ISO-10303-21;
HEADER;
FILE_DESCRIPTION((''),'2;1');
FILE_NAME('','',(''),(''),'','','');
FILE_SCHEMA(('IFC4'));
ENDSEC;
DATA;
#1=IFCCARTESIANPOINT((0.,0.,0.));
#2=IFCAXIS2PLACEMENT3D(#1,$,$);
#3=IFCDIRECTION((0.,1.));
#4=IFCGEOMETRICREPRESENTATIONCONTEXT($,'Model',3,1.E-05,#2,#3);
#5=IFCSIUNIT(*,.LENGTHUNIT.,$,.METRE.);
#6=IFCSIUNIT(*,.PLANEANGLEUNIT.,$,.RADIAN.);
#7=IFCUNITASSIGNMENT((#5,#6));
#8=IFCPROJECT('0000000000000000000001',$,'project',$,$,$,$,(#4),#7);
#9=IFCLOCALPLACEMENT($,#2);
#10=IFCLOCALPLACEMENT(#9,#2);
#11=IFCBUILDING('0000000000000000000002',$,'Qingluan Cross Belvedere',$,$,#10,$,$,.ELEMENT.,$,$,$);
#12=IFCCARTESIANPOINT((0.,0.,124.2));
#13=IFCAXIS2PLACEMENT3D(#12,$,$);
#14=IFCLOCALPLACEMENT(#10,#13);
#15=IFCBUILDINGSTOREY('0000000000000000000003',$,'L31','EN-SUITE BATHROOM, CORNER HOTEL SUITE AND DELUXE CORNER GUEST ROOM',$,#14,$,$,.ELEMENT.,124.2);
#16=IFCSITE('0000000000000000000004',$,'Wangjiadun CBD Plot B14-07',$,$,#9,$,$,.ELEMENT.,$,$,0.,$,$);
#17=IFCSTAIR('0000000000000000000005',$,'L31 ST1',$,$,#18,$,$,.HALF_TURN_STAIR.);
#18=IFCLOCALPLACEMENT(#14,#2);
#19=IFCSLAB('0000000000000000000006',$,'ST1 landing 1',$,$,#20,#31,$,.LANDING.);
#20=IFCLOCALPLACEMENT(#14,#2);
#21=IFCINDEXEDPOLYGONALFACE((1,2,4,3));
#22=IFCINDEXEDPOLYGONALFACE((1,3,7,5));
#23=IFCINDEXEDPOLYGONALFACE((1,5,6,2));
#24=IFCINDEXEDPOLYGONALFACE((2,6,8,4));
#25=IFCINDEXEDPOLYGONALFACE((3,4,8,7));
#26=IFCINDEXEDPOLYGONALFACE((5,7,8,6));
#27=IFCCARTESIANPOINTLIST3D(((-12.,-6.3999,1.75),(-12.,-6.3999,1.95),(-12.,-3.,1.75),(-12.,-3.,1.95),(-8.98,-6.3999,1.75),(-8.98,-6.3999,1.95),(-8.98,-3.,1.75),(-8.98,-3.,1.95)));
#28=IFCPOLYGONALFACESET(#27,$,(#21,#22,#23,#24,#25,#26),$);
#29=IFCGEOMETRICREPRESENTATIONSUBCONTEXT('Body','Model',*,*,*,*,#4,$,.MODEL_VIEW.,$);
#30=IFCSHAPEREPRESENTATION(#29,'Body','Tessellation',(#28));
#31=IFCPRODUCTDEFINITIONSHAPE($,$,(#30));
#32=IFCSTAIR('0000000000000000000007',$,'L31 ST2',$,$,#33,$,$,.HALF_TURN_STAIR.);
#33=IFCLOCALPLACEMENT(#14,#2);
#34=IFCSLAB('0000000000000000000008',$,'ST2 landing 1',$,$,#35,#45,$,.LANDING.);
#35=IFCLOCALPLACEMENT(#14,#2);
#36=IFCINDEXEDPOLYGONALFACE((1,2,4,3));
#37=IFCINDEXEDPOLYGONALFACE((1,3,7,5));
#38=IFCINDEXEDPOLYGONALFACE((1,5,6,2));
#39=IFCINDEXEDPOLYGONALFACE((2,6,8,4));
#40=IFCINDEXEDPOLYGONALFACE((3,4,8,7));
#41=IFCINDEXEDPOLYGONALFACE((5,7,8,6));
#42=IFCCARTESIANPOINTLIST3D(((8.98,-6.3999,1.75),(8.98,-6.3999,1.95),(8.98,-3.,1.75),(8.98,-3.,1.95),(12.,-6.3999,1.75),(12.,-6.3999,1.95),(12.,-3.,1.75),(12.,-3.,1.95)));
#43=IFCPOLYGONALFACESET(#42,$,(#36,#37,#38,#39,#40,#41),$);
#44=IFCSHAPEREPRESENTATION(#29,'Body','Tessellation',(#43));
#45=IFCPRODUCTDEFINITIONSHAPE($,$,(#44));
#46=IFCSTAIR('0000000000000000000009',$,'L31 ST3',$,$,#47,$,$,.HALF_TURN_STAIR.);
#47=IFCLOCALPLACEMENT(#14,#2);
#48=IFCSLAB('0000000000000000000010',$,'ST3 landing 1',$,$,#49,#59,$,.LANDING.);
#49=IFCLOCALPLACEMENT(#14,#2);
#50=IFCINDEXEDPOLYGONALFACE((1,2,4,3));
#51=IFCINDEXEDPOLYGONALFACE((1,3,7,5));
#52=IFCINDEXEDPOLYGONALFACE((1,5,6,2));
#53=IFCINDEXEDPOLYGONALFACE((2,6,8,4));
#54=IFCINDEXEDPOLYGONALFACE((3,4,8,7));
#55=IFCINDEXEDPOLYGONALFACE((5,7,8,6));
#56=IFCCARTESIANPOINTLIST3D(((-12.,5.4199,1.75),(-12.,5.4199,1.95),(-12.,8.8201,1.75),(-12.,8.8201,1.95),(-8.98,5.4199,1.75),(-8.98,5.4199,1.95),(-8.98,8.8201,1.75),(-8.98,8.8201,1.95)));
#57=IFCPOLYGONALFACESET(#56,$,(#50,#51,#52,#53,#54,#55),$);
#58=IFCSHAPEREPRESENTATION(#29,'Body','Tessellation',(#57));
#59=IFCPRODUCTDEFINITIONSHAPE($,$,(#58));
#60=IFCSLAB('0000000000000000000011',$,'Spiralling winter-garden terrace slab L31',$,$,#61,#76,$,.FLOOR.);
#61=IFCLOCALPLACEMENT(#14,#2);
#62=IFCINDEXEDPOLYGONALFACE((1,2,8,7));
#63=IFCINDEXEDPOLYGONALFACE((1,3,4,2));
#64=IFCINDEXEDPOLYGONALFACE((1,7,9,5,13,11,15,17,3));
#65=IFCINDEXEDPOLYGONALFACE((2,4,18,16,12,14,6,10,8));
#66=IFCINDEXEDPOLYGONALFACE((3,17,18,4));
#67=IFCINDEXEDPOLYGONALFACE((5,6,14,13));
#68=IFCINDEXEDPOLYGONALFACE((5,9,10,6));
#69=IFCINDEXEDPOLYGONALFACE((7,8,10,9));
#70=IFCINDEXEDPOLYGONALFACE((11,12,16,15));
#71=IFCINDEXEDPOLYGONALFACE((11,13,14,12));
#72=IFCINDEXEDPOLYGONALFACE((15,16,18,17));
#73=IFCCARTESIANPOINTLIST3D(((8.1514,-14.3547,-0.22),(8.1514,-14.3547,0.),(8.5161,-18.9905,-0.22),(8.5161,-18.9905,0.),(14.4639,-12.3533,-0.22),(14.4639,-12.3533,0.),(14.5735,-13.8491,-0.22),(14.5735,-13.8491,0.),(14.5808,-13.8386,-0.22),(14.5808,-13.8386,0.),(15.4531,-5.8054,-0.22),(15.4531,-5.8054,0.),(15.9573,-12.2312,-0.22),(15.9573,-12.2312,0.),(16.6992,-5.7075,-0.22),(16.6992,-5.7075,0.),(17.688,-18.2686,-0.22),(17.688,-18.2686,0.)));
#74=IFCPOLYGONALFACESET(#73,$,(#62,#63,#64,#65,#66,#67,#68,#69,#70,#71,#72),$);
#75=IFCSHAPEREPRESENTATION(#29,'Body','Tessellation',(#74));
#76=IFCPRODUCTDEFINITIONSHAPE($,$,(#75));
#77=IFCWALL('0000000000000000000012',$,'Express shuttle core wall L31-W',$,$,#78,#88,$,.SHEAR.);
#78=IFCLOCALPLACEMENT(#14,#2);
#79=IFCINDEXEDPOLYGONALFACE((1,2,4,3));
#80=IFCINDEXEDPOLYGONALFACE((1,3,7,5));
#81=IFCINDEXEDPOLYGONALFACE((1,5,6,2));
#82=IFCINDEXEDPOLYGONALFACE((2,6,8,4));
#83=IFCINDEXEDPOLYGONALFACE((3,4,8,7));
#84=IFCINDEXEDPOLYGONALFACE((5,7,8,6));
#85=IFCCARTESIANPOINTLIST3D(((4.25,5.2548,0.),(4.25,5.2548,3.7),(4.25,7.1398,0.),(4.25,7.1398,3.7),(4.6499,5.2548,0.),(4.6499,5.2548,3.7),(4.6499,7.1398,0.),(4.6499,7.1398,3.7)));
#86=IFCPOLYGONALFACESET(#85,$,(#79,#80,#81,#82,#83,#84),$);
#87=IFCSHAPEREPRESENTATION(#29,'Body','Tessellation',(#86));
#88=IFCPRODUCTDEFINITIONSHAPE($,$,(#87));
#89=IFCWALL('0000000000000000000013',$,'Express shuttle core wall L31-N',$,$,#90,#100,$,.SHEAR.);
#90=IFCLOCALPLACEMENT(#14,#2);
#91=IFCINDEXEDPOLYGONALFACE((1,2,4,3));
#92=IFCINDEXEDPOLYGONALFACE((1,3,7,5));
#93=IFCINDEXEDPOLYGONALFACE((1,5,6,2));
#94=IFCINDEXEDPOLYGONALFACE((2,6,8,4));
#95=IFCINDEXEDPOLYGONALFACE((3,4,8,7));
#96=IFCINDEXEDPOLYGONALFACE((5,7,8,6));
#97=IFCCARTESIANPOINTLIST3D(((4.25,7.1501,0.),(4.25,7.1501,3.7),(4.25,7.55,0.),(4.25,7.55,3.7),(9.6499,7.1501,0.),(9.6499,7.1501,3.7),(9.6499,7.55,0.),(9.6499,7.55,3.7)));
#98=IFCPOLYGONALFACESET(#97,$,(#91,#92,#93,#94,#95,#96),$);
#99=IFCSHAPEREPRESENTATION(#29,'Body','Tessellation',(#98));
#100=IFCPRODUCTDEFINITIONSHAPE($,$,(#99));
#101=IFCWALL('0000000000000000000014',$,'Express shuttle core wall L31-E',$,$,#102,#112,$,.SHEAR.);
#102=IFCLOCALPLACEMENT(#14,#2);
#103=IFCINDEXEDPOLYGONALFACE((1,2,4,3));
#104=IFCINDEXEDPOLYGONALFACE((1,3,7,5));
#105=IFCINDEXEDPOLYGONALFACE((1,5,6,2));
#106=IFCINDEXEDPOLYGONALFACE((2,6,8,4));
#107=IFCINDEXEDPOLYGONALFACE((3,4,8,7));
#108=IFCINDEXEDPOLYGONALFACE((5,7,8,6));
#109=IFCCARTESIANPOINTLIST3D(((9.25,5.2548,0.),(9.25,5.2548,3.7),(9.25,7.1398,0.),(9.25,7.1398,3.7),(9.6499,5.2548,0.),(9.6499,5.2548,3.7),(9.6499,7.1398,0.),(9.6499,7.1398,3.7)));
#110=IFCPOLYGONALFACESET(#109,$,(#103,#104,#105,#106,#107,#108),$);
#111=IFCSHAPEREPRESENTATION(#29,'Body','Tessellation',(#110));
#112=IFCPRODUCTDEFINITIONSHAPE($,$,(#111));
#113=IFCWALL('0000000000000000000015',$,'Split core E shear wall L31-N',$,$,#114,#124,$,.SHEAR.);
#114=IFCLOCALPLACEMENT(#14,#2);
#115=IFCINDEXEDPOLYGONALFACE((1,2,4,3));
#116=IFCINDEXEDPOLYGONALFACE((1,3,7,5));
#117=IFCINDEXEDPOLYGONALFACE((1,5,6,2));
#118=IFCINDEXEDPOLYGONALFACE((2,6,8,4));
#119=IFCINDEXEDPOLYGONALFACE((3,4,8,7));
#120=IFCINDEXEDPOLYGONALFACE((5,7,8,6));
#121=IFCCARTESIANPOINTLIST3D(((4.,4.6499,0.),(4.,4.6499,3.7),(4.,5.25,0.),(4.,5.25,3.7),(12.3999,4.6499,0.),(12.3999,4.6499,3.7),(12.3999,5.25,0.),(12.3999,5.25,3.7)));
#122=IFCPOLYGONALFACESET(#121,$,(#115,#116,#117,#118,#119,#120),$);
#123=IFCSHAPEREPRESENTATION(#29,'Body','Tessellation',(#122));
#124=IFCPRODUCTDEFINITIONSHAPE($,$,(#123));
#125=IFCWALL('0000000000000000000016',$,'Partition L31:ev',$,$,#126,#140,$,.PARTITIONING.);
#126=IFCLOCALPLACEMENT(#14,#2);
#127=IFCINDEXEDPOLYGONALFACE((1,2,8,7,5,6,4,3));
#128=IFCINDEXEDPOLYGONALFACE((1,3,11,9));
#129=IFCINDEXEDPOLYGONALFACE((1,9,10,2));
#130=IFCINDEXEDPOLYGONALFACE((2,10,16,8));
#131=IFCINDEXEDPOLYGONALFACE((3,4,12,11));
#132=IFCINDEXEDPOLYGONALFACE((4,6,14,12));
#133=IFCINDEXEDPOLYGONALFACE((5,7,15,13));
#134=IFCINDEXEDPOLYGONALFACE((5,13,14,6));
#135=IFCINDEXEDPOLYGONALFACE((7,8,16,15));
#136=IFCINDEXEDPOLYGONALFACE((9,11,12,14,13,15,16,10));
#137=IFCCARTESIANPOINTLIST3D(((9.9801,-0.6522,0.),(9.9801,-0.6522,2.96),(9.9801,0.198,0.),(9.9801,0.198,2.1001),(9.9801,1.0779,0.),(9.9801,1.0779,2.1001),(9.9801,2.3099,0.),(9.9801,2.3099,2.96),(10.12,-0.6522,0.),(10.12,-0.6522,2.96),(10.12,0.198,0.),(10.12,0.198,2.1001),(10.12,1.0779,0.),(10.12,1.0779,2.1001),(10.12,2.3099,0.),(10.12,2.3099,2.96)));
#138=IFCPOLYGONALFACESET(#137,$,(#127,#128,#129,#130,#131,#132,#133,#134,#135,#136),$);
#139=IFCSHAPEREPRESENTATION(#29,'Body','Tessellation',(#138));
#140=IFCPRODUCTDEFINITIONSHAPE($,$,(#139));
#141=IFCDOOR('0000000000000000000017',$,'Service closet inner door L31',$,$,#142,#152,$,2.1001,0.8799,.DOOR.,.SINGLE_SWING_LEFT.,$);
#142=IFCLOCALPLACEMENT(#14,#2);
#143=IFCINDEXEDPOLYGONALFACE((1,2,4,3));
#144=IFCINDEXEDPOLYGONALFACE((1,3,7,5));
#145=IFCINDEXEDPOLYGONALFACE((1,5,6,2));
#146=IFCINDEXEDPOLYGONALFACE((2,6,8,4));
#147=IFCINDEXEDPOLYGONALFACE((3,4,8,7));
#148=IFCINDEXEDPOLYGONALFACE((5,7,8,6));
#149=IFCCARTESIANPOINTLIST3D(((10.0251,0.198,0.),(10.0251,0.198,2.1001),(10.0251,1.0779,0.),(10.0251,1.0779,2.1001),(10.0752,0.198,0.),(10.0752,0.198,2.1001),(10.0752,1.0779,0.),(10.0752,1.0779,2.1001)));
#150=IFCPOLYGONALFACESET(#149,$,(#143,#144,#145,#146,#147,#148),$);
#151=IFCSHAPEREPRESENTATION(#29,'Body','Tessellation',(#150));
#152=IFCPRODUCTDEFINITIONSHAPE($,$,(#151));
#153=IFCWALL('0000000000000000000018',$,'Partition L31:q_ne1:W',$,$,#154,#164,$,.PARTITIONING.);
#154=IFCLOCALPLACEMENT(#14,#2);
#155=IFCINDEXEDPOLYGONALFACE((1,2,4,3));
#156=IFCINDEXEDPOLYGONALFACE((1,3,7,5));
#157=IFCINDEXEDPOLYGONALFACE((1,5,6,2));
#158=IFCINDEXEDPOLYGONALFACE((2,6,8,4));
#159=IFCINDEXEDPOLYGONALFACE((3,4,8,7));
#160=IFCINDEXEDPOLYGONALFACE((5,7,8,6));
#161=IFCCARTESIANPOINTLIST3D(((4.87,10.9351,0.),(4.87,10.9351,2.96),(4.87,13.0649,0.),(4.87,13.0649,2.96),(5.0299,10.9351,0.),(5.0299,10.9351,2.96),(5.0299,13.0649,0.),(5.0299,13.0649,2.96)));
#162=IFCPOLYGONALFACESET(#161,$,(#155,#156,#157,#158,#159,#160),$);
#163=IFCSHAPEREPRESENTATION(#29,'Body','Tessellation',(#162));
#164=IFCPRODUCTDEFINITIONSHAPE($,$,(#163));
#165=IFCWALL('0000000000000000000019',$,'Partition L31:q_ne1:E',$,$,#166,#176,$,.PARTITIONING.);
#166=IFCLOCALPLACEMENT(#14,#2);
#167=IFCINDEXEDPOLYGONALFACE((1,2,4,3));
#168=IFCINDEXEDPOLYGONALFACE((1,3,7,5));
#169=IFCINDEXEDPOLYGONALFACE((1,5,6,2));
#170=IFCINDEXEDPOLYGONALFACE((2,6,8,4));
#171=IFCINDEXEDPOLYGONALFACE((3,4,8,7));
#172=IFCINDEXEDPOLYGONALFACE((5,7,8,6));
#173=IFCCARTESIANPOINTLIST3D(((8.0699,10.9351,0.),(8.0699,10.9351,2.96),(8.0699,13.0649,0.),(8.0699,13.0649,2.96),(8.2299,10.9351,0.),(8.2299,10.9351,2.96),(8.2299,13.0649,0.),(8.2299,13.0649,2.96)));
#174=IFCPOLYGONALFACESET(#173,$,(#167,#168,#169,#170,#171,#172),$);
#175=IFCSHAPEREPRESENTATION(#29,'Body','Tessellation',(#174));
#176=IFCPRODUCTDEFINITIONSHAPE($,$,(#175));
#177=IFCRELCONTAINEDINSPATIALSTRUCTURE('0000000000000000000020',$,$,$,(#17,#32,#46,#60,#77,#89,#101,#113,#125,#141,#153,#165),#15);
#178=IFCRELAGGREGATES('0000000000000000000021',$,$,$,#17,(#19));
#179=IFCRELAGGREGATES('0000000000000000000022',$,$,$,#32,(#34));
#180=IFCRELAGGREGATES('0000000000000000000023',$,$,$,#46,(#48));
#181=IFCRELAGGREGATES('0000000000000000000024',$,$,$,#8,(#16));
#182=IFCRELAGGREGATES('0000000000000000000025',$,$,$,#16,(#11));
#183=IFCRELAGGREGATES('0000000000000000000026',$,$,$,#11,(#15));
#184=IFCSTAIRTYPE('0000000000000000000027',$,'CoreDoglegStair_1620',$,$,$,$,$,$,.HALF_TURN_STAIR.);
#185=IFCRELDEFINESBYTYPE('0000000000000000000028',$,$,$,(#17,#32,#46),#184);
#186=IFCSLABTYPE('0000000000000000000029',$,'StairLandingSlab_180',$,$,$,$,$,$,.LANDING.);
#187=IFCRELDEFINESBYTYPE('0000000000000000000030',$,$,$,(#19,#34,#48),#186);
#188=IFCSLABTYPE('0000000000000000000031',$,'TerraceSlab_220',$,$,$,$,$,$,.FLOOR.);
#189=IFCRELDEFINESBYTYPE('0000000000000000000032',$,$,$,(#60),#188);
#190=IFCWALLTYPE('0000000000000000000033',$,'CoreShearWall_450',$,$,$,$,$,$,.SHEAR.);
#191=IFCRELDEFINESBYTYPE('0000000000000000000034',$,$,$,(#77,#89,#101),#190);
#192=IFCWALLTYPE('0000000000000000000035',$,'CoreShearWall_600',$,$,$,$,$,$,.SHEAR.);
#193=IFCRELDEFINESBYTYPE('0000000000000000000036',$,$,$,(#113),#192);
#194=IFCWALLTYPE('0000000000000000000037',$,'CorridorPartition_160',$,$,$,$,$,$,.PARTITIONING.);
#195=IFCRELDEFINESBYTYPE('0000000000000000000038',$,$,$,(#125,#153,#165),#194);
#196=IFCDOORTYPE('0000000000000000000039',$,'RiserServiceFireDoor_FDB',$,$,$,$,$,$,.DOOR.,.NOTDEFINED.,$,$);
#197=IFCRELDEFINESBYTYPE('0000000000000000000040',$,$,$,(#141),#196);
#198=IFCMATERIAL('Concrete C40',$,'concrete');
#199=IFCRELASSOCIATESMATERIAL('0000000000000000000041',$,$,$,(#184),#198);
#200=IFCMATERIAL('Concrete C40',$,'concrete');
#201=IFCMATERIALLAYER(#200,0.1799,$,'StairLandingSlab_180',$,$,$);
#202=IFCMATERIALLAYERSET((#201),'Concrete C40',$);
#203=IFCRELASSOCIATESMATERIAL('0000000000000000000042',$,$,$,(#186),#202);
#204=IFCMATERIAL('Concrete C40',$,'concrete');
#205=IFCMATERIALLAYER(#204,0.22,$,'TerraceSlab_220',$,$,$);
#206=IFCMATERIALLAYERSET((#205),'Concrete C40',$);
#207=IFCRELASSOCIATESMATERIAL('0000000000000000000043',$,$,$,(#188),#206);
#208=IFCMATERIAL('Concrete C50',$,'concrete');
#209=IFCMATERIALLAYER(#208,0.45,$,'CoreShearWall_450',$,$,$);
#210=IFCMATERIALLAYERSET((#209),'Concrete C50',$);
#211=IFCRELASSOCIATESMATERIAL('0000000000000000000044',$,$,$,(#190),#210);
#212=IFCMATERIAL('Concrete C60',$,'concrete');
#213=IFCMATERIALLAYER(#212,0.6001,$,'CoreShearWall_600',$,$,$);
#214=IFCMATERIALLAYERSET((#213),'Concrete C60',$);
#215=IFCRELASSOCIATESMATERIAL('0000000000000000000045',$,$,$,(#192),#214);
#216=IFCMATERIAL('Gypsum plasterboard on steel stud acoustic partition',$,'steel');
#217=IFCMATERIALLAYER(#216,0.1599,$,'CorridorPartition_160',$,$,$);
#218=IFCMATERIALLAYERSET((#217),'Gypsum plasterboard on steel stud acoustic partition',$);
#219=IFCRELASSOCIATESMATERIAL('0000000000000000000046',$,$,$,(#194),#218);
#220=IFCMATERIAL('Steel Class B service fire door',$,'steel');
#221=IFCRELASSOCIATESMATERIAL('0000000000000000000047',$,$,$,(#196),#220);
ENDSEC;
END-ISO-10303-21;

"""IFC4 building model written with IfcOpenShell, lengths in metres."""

from ifc_helpers import new_model, si_unit, direction, frame, frame_2d, origin, place, context, subcontext, project, spatial, polyline, rectangle, outline, extrude, material, layer, layer_set, type_object, element, fill, aggregate, save


model = new_model("IFC4")

# Units and contexts
model_context = context("Model", 3, precision=1e-05, world=origin(), true_north=direction((0.0, 1.0)))
body_context = subcontext(model_context, "Body", "Model", "MODEL_VIEW")
ifc_project = project(units=[si_unit("LENGTHUNIT", "METRE"), si_unit("PLANEANGLEUNIT", "RADIAN")], contexts=[model_context])

# Site, building, storey
site_placement = place(None, origin())
site = spatial("IfcSite", under=ifc_project, at=site_placement, Name="Wangjiadun CBD Plot B14-07", CompositionType="ELEMENT", RefElevation=0.0)
building_placement = place(site_placement, origin())
building = spatial("IfcBuilding", under=site, at=building_placement, Name="Qingluan Cross Belvedere", CompositionType="ELEMENT")
storey_placement = place(building_placement, frame((0.0, 0.0, 124.2)))
storey = spatial("IfcBuildingStorey", under=building, at=storey_placement, Name="L31", Description="EN-SUITE BATHROOM, CORNER HOTEL SUITE AND DELUXE CORNER GUEST ROOM", CompositionType="ELEMENT", Elevation=124.2)

# Stairs, slabs
ifc_material_1 = material(Name="Concrete C40", Category="concrete")
stair_type = type_object("IfcStairType", Name="CoreDoglegStair_1620", PredefinedType="HALF_TURN_STAIR", material=ifc_material_1)
stair_1_placement = place(storey_placement, origin())
stair_1 = element("IfcStair", 1, at=stair_1_placement, inside=storey, type_object=stair_type, Name="L31 ST1", PredefinedType="HALF_TURN_STAIR")
ifc_material_2 = material(Name="Concrete C40", Category="concrete")
ifc_layer_1 = layer(ifc_material_2, 0.1799, Name="StairLandingSlab_180")
ifc_layer_set_1 = layer_set([ifc_layer_1], Name="Concrete C40")
slab_type_1 = type_object("IfcSlabType", Name="StairLandingSlab_180", PredefinedType="LANDING", material=ifc_layer_set_1)
slab_1_placement = place(storey_placement, frame((0.0, 0.0, 1.75)))
slab_1 = element("IfcSlab", 2, at=slab_1_placement, type_object=slab_type_1, Name="ST1 landing 1", PredefinedType="LANDING", context=body_context, shape_type="SweptSolid", body=[
    extrude(outline(polyline([(-8.98, -3.0), (-12.0, -3.0), (-12.0, -6.3999), (-8.98, -6.3999), (-8.98, -3.0)])), origin(), (0.0, 0.0, 1.0), 0.2),
])
aggregate(stair_1, [slab_1])
stair_2_placement = place(storey_placement, origin())
stair_2 = element("IfcStair", 3, at=stair_2_placement, inside=storey, type_object=stair_type, Name="L31 ST2", PredefinedType="HALF_TURN_STAIR")
slab_2_placement = place(storey_placement, frame((0.0, 0.0, 1.75)))
slab_2 = element("IfcSlab", 4, at=slab_2_placement, type_object=slab_type_1, Name="ST2 landing 1", PredefinedType="LANDING", context=body_context, shape_type="SweptSolid", body=[
    extrude(outline(polyline([(8.98, -6.3999), (12.0, -6.3999), (12.0, -3.0), (8.98, -3.0), (8.98, -6.3999)])), origin(), (0.0, 0.0, 1.0), 0.2),
])
aggregate(stair_2, [slab_2])
stair_3_placement = place(storey_placement, origin())
stair_3 = element("IfcStair", 5, at=stair_3_placement, inside=storey, type_object=stair_type, Name="L31 ST3", PredefinedType="HALF_TURN_STAIR")
slab_3_placement = place(storey_placement, frame((0.0, 0.0, 1.75)))
slab_3 = element("IfcSlab", 6, at=slab_3_placement, type_object=slab_type_1, Name="ST3 landing 1", PredefinedType="LANDING", context=body_context, shape_type="SweptSolid", body=[
    extrude(outline(polyline([(-8.98, 8.8201), (-12.0, 8.8201), (-12.0, 5.4199), (-8.98, 5.4199), (-8.98, 8.8201)])), origin(), (0.0, 0.0, 1.0), 0.2),
])
aggregate(stair_3, [slab_3])

# Slab
ifc_material_3 = material(Name="Concrete C40", Category="concrete")
ifc_layer_2 = layer(ifc_material_3, 0.22, Name="TerraceSlab_220")
ifc_layer_set_2 = layer_set([ifc_layer_2], Name="Concrete C40")
slab_type_2 = type_object("IfcSlabType", Name="TerraceSlab_220", PredefinedType="FLOOR", material=ifc_layer_set_2)
slab_4_placement = place(storey_placement, frame((0.0, 0.0, -0.22)))
element("IfcSlab", 7, at=slab_4_placement, inside=storey, type_object=slab_type_2, Name="Spiralling winter-garden terrace slab L31", PredefinedType="FLOOR", context=body_context, shape_type="SweptSolid", body=[
    extrude(outline(polyline([(15.4531, -5.8054), (15.9573, -12.2312), (14.4639, -12.3533), (14.5808, -13.8386), (14.5735, -13.8491), (8.1514, -14.3547), (8.5161, -18.9905), (17.688, -18.2686), (16.6992, -5.7075), (15.4531, -5.8054)])), origin(), (0.0, 0.0, 1.0), 0.22),
])

# Walls
ifc_material_4 = material(Name="Concrete C50", Category="concrete")
ifc_layer_3 = layer(ifc_material_4, 0.45, Name="CoreShearWall_450")
ifc_layer_set_3 = layer_set([ifc_layer_3], Name="Concrete C50")
wall_type_1 = type_object("IfcWallType", Name="CoreShearWall_450", PredefinedType="SHEAR", material=ifc_layer_set_3)
wall_1_placement = place(storey_placement, frame((4.45, 5.2549, 0.0), z_axis=(0.0, 0.0, 1.0), x_axis=(0.0, 1.0, 0.0)))
element("IfcWall", 8, at=wall_1_placement, inside=storey, type_object=wall_type_1, Name="Express shuttle core wall L31-W", PredefinedType="SHEAR", context=body_context, shape_type="SweptSolid", body=[
    extrude(rectangle(XDim=1.885, YDim=0.3999, at=frame_2d((0.9424, 0.0))), origin(), (0.0, 0.0, 1.0), 3.7),
])
wall_2_placement = place(storey_placement, frame((4.25, 7.3501, 0.0), z_axis=(0.0, 0.0, 1.0), x_axis=(1.0, 0.0, 0.0)))
element("IfcWall", 9, at=wall_2_placement, inside=storey, type_object=wall_type_1, Name="Express shuttle core wall L31-N", PredefinedType="SHEAR", context=body_context, shape_type="SweptSolid", body=[
    extrude(rectangle(XDim=5.3999, YDim=0.3999, at=frame_2d((2.7, 0.0))), origin(), (0.0, 0.0, 1.0), 3.7),
])
wall_3_placement = place(storey_placement, frame((9.45, 5.2549, 0.0), z_axis=(0.0, 0.0, 1.0), x_axis=(0.0, 1.0, 0.0)))
element("IfcWall", 10, at=wall_3_placement, inside=storey, type_object=wall_type_1, Name="Express shuttle core wall L31-E", PredefinedType="SHEAR", context=body_context, shape_type="SweptSolid", body=[
    extrude(rectangle(XDim=1.885, YDim=0.3999, at=frame_2d((0.9424, 0.0))), origin(), (0.0, 0.0, 1.0), 3.7),
])
ifc_material_5 = material(Name="Concrete C60", Category="concrete")
ifc_layer_4 = layer(ifc_material_5, 0.6001, Name="CoreShearWall_600")
ifc_layer_set_4 = layer_set([ifc_layer_4], Name="Concrete C60")
wall_type_2 = type_object("IfcWallType", Name="CoreShearWall_600", PredefinedType="SHEAR", material=ifc_layer_set_4)
wall_4_placement = place(storey_placement, frame((4.0, 4.95, 0.0), z_axis=(0.0, 0.0, 1.0), x_axis=(1.0, 0.0, 0.0)))
element("IfcWall", 11, at=wall_4_placement, inside=storey, type_object=wall_type_2, Name="Split core E shear wall L31-N", PredefinedType="SHEAR", context=body_context, shape_type="SweptSolid", body=[
    extrude(rectangle(XDim=8.3999, YDim=0.6001, at=frame_2d((4.2, 0.0))), origin(), (0.0, 0.0, 1.0), 3.7),
])

# Wall, opening, door
ifc_material_6 = material(Name="Gypsum plasterboard on steel stud acoustic partition", Category="steel")
ifc_layer_5 = layer(ifc_material_6, 0.1599, Name="CorridorPartition_160")
ifc_layer_set_5 = layer_set([ifc_layer_5], Name="Gypsum plasterboard on steel stud acoustic partition")
wall_type_3 = type_object("IfcWallType", Name="CorridorPartition_160", PredefinedType="PARTITIONING", material=ifc_layer_set_5)
wall_5_placement = place(storey_placement, frame((10.05, -0.6521, 0.0), z_axis=(0.0, 0.0, 1.0), x_axis=(0.0, 1.0, 0.0)))
wall_5 = element("IfcWall", 12, at=wall_5_placement, inside=storey, type_object=wall_type_3, Name="Partition L31:ev", PredefinedType="PARTITIONING", context=body_context, shape_type="SweptSolid", body=[
    extrude(rectangle(XDim=2.9622, YDim=0.1399, at=frame_2d((1.481, 0.0))), origin(), (0.0, 0.0, 1.0), 2.96),
])
opening_1_placement = place(wall_5_placement, frame((0.8501, 0.0, 0.0)))
opening_1 = element("IfcOpeningElement", 13, at=opening_1_placement, cuts=wall_5, PredefinedType="OPENING", context=body_context, shape_type="SweptSolid", body=[
    extrude(rectangle(XDim=0.8799, YDim=2.1001, at=frame_2d((0.4399, 1.05))), frame((0.0, 0.0798, 0.0), z_axis=(0.0, -1.0, 0.0), x_axis=(1.0, 0.0, 0.0)), (0.0, 0.0, 1.0), 0.1599),
])
ifc_material_7 = material(Name="Steel Class B service fire door", Category="steel")
door_type_1 = type_object("IfcDoorType", Name="RiserServiceFireDoor_FDB", OperationType="NOTDEFINED", PredefinedType="DOOR", material=ifc_material_7)
door_1_placement = place(opening_1_placement, origin())
door_1 = element("IfcDoor", 14, at=door_1_placement, inside=storey, type_object=door_type_1, Name="Service closet inner door L31", OperationType="SINGLE_SWING_LEFT", OverallHeight=2.1001, OverallWidth=0.8799, PredefinedType="DOOR", context=body_context, shape_type="SweptSolid", body=[
    extrude(rectangle(XDim=0.8799, YDim=2.1001, at=frame_2d((0.4399, 1.05))), frame((0.0, 0.0249, 0.0), z_axis=(0.0, -1.0, 0.0), x_axis=(1.0, 0.0, 0.0)), (0.0, 0.0, 1.0), 0.05),
])
fill(opening_1, door_1)

# Walls
for number, where, z_axis, x_axis, name in (
    (15, (4.95, 10.9351, 0.0), (0.0, 0.0, 1.0), (0.0, 1.0, 0.0), "Partition L31:q_ne1:W"),
    (16, (8.1499, 10.9351, 0.0), (0.0, 0.0, 1.0), (0.0, 1.0, 0.0), "Partition L31:q_ne1:E"),
):
    element("IfcWall", number, at=place(storey_placement, frame(where, z_axis=z_axis, x_axis=x_axis)), inside=storey, type_object=wall_type_3, Name=name, PredefinedType="PARTITIONING", context=body_context, shape_type="SweptSolid", body=[
        extrude(rectangle(XDim=2.1299, YDim=0.1599, at=frame_2d((1.0649, 0.0))), origin(), (0.0, 0.0, 1.0), 2.96),
    ])

save(model, "model.ifc")
